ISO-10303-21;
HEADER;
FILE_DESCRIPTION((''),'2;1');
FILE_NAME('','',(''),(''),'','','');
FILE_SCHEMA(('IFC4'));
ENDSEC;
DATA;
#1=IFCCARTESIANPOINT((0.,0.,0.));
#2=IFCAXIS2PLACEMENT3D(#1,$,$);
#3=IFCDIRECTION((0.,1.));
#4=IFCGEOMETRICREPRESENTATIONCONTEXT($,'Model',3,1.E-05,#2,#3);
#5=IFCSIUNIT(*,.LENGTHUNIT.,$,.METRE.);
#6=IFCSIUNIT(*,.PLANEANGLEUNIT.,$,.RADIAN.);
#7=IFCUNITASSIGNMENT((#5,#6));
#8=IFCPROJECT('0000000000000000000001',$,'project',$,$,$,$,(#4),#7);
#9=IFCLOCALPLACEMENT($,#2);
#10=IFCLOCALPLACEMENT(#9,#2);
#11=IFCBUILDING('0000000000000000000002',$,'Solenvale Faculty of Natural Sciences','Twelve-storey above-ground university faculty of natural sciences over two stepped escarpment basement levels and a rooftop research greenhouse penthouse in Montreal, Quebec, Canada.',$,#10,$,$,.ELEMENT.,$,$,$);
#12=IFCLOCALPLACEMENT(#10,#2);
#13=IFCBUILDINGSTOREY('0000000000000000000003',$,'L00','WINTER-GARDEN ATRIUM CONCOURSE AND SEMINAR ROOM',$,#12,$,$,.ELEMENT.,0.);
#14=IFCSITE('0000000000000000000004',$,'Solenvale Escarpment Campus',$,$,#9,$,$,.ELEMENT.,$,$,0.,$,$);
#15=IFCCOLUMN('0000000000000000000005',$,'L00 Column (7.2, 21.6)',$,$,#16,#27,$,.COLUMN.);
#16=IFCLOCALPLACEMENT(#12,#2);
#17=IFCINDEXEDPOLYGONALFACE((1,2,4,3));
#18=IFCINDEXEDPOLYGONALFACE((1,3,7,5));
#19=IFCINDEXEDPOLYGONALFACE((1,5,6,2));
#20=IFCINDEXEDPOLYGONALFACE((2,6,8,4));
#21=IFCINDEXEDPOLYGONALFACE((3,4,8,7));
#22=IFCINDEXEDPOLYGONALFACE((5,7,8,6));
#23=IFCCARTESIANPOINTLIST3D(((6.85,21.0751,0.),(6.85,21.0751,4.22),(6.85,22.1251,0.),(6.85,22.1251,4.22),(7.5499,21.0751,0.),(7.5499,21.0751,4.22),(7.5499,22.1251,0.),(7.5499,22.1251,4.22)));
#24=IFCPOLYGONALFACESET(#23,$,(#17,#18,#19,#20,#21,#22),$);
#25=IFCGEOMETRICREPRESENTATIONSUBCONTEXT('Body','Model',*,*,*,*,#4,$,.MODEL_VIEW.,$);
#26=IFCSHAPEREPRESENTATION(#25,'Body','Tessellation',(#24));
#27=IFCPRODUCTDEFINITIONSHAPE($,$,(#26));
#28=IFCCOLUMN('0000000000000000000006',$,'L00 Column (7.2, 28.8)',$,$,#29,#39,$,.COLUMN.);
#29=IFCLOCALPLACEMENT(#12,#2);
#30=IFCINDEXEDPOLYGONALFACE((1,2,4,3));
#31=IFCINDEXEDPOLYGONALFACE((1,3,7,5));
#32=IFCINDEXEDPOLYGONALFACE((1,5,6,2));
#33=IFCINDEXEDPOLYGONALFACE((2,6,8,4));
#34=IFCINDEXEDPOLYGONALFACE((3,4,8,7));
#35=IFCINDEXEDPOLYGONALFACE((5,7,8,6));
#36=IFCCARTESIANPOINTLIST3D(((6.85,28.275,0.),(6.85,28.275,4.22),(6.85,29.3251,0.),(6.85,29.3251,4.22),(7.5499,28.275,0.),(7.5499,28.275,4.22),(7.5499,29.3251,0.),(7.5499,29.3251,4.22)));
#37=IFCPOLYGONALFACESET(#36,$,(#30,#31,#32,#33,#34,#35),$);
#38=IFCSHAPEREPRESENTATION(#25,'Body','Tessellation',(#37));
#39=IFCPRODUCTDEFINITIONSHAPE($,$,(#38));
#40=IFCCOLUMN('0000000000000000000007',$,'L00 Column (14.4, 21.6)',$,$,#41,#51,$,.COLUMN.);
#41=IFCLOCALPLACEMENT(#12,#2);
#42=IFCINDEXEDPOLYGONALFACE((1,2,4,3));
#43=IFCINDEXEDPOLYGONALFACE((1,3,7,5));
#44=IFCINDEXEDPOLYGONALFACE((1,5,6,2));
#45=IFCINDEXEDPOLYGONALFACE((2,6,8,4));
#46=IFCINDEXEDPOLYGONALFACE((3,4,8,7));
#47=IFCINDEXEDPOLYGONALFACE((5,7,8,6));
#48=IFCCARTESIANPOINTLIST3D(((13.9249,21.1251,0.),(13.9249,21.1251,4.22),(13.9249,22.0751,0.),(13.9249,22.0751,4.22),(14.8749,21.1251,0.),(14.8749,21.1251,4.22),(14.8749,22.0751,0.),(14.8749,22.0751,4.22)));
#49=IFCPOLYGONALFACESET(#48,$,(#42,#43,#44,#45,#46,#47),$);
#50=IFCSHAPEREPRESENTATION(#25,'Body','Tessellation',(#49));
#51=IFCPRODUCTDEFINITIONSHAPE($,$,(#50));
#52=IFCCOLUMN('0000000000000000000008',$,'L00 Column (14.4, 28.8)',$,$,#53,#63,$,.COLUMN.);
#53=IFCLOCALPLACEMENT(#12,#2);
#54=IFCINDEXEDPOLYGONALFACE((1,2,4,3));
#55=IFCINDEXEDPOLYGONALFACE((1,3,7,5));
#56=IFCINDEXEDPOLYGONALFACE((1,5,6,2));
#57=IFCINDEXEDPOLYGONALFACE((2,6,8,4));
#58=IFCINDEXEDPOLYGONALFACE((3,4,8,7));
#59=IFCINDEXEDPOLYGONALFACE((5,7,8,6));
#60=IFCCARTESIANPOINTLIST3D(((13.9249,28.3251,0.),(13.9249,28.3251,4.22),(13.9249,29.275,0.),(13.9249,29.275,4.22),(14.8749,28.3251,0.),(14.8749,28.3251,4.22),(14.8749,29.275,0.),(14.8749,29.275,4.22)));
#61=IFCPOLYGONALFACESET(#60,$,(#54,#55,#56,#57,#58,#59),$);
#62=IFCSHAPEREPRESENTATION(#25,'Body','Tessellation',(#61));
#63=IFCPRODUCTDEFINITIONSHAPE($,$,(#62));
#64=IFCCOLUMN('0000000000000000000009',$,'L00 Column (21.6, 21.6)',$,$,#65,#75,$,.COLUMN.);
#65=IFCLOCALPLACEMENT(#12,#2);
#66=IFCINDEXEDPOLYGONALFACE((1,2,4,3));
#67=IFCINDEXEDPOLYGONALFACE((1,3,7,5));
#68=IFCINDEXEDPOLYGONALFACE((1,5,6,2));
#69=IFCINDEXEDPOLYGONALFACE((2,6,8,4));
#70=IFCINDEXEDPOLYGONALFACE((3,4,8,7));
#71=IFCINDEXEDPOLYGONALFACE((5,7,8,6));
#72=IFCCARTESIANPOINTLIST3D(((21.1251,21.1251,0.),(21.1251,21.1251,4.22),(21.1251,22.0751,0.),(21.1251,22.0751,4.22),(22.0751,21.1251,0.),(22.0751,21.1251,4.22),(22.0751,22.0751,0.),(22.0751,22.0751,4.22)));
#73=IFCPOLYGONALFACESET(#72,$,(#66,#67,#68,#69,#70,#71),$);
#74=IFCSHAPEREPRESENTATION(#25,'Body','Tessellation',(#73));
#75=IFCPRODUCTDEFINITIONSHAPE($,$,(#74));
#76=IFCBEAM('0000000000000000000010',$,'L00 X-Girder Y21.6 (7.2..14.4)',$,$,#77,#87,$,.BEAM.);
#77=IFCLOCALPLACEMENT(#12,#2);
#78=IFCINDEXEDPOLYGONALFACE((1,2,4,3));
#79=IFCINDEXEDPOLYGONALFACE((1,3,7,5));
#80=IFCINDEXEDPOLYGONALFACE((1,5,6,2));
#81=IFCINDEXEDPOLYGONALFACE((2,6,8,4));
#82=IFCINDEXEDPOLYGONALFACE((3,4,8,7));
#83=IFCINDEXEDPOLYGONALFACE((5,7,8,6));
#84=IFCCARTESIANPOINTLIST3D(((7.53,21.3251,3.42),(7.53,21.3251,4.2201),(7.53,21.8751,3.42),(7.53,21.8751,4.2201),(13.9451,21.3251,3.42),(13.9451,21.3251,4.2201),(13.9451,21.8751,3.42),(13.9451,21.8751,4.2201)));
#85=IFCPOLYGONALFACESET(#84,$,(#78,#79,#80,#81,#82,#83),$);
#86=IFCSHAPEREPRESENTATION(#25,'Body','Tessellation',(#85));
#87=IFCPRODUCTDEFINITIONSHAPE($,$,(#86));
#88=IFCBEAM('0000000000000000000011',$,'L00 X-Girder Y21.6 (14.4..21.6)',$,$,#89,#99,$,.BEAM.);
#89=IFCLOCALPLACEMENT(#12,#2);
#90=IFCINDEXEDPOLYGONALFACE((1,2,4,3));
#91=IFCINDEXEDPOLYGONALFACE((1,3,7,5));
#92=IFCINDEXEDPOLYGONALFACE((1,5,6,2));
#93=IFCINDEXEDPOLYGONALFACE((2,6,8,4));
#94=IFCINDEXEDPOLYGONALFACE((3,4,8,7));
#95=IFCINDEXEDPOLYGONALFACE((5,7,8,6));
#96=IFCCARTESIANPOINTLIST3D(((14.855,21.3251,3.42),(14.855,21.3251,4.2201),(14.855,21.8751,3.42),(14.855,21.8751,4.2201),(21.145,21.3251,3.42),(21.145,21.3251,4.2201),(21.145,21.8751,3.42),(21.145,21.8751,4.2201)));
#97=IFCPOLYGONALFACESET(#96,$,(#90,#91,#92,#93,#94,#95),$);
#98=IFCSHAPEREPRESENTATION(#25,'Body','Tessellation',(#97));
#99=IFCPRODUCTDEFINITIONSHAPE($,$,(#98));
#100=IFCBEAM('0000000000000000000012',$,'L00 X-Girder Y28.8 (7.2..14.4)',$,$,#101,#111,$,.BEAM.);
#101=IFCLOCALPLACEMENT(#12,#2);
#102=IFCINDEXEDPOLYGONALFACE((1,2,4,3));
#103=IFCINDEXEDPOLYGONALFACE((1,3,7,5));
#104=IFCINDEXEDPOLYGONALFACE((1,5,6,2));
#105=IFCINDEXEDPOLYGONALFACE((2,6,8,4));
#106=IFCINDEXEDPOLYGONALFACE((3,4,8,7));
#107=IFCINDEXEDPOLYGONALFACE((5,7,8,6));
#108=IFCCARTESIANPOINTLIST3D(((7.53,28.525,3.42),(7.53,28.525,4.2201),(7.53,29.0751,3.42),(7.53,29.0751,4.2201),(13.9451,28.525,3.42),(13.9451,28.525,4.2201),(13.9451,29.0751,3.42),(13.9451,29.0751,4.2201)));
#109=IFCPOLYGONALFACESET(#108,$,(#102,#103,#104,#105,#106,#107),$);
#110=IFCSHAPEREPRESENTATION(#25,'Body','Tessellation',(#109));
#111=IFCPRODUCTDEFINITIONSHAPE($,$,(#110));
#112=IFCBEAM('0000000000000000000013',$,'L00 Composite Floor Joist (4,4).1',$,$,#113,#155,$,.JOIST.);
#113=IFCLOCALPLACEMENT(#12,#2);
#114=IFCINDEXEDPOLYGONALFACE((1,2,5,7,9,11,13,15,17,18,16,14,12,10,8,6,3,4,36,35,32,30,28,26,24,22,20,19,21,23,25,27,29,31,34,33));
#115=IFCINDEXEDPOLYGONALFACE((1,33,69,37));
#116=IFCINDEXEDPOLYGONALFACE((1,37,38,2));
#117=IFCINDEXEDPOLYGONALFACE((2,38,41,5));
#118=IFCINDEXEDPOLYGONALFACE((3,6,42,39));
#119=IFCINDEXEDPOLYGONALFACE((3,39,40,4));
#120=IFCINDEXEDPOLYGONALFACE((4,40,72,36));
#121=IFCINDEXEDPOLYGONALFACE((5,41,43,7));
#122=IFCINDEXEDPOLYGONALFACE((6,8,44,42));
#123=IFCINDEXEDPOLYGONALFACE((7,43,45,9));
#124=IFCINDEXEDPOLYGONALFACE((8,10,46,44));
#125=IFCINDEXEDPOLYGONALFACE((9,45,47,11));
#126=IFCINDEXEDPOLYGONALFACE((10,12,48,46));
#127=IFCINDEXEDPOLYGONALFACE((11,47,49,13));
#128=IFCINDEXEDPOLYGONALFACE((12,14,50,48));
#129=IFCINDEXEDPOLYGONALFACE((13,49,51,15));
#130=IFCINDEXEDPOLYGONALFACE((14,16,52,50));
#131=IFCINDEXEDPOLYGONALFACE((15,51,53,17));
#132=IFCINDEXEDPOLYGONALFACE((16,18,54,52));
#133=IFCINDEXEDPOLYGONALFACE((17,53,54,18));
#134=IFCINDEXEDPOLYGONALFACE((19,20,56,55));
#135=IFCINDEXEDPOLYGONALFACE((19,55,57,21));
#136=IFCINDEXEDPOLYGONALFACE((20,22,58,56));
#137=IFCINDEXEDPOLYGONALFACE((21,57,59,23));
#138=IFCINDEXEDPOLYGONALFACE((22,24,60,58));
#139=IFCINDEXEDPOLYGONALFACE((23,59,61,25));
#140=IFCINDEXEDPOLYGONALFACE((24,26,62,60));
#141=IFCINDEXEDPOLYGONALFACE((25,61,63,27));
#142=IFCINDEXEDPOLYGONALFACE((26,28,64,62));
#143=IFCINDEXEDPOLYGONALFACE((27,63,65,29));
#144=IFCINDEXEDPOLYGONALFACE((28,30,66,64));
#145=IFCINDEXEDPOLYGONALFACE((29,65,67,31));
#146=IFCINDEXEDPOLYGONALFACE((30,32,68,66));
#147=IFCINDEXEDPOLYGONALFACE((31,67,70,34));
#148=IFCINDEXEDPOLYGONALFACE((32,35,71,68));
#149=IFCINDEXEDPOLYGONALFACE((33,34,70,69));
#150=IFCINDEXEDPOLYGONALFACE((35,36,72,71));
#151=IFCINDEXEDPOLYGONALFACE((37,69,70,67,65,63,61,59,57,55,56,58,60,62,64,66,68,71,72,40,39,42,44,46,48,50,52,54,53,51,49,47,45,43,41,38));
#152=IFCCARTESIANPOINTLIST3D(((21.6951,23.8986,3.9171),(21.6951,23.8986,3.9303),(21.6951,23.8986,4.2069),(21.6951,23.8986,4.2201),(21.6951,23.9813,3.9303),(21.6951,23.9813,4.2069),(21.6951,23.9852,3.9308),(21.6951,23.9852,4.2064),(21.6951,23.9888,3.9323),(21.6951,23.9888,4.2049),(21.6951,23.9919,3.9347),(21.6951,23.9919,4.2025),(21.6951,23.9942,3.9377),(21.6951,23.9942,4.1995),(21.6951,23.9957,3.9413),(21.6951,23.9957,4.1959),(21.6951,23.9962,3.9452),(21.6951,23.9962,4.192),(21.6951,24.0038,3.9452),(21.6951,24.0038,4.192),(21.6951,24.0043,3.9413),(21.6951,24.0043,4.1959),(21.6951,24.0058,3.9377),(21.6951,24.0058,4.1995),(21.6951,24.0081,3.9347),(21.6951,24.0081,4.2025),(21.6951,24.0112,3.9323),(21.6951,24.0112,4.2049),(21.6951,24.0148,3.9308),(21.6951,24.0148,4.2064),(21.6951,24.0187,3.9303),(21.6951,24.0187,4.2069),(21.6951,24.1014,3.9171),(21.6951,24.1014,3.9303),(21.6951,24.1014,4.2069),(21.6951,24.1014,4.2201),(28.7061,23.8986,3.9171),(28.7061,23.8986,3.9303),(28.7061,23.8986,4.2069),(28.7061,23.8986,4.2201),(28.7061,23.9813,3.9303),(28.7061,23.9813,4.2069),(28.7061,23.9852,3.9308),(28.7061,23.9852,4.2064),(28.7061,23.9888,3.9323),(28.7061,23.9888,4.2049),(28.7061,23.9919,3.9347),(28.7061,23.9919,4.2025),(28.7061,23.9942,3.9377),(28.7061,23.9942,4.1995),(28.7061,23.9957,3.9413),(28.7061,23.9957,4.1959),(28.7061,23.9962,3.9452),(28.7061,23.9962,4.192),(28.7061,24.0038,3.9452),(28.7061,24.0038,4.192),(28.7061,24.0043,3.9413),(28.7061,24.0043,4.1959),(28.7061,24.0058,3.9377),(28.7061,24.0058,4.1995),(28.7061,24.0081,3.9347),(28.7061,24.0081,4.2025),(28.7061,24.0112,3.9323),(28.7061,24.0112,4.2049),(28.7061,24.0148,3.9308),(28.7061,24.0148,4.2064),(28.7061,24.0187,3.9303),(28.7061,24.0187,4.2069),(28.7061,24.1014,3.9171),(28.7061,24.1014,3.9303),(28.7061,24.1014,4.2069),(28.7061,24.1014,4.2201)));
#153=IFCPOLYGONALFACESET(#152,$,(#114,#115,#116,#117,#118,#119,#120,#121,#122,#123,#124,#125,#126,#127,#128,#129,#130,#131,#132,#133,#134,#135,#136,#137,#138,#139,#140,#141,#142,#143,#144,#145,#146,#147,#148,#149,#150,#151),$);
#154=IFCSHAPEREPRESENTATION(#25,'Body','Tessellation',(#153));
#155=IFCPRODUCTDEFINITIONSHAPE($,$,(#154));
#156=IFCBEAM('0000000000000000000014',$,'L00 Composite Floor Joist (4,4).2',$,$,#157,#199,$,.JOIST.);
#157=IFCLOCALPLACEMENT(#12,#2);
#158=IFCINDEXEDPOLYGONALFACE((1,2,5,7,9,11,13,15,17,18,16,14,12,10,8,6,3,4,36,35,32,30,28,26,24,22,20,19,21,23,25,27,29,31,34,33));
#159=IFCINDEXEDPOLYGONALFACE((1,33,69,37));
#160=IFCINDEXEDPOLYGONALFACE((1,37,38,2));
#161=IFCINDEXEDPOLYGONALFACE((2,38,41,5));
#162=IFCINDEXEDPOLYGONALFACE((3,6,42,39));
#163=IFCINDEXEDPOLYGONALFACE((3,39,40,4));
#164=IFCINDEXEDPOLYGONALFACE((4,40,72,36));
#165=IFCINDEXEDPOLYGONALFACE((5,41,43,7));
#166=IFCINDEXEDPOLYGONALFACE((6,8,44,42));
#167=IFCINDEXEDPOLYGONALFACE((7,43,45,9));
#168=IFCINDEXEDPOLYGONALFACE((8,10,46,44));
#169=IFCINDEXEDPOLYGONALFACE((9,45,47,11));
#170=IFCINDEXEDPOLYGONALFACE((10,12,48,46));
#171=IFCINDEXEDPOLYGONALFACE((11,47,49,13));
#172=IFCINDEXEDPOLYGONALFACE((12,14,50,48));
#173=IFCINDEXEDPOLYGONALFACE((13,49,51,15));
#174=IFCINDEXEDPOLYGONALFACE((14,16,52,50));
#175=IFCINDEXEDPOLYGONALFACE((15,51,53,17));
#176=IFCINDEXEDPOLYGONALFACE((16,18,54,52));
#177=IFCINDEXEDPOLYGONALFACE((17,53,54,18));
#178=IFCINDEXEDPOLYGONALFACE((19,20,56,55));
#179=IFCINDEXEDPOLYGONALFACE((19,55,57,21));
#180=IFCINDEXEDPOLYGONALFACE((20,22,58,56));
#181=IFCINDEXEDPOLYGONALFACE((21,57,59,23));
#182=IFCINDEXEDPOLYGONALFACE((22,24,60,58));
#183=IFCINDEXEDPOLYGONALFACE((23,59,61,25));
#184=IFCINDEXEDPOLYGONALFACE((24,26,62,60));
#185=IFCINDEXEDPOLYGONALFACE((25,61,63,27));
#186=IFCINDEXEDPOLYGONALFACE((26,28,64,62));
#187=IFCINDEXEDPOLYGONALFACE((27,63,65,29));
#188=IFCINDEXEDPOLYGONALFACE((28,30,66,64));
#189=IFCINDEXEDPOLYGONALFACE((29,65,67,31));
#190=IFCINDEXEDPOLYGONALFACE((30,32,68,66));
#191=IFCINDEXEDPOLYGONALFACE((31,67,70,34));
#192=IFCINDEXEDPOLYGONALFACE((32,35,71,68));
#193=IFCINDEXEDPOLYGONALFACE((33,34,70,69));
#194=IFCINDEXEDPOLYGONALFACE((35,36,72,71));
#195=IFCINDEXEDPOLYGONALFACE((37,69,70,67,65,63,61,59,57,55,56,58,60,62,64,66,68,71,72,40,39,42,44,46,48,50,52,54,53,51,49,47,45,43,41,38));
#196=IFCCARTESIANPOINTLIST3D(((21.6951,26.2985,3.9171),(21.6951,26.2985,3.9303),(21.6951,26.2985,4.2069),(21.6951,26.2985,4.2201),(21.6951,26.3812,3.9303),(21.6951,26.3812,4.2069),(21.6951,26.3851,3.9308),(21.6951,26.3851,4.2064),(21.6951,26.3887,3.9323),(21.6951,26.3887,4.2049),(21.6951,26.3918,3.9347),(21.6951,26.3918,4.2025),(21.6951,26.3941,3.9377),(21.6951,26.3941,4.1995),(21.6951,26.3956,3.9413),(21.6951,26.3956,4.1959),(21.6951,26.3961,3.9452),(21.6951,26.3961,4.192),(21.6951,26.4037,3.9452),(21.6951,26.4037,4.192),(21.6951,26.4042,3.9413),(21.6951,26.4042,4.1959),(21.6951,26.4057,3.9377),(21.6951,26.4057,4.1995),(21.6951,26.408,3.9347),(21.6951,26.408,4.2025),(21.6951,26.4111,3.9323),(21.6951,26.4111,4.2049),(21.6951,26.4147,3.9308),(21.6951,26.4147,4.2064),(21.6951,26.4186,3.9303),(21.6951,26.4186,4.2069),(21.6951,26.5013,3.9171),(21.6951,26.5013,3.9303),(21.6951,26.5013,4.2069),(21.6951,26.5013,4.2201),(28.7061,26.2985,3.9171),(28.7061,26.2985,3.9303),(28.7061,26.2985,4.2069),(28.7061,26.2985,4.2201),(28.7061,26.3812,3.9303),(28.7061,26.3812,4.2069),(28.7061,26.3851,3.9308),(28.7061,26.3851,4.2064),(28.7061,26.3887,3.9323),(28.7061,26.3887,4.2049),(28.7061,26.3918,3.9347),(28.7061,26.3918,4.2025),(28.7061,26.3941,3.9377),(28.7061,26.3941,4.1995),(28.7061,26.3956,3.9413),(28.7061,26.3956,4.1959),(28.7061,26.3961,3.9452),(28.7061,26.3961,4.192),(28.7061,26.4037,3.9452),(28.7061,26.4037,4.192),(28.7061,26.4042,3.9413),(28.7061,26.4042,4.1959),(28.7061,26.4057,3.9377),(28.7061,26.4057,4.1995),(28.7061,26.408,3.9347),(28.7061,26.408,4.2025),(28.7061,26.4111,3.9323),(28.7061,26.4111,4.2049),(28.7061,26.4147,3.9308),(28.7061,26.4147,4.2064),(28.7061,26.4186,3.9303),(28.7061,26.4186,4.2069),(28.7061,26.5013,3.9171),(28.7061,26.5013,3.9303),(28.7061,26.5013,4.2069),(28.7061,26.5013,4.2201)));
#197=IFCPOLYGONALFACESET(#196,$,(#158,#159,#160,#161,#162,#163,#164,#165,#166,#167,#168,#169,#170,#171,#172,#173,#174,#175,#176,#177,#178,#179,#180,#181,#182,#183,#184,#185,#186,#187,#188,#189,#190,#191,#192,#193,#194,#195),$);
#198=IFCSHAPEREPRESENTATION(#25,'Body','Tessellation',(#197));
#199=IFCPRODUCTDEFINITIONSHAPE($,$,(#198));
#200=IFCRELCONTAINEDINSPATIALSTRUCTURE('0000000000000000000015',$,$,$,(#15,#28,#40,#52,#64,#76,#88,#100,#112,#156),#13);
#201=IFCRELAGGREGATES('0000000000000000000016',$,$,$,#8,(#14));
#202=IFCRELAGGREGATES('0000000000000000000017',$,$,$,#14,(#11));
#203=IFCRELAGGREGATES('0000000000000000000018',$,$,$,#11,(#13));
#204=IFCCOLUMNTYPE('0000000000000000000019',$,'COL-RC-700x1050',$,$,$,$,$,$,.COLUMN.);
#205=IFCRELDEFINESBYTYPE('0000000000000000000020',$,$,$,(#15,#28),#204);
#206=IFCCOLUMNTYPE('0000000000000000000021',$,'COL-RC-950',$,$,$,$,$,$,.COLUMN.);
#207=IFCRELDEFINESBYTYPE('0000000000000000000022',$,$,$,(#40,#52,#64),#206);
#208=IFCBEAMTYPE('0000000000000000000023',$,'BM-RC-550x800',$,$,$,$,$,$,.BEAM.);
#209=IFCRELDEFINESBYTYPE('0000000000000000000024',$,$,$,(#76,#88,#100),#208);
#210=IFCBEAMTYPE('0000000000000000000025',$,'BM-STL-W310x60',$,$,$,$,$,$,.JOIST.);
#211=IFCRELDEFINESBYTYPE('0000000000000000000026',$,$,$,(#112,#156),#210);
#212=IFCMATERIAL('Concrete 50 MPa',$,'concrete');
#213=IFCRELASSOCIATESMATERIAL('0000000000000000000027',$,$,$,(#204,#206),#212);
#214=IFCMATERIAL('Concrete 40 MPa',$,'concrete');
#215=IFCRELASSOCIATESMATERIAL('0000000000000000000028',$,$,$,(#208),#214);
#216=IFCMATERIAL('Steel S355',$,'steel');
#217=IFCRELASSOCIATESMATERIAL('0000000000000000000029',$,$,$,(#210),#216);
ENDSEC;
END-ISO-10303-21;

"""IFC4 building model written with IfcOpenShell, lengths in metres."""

from ifc_helpers import new_model, si_unit, direction, frame, origin, origin_2d, place, context, subcontext, project, spatial, rectangle, i_section, extrude, material, material_profile, profile_set, type_object, element, save


model = new_model("IFC4")

# Units and contexts
model_context = context("Model", 3, precision=1e-05, world=origin(), true_north=direction((0.0, 1.0)))
body_context = subcontext(model_context, "Body", "Model", "MODEL_VIEW")
ifc_project = project(units=[si_unit("LENGTHUNIT", "METRE"), si_unit("PLANEANGLEUNIT", "RADIAN")], contexts=[model_context])

# Site, building, storey
site_placement = place(None, origin())
site = spatial("IfcSite", under=ifc_project, at=site_placement, Name="Solenvale Escarpment Campus", CompositionType="ELEMENT", RefElevation=0.0)
building_placement = place(site_placement, origin())
building = spatial("IfcBuilding", under=site, at=building_placement, Name="Solenvale Faculty of Natural Sciences", Description="Twelve-storey above-ground university faculty of natural sciences over two stepped escarpment basement levels and a rooftop research greenhouse penthouse in Montreal, Quebec, Canada.", CompositionType="ELEMENT")
storey_placement = place(building_placement, origin())
storey = spatial("IfcBuildingStorey", under=building, at=storey_placement, Name="L00", Description="WINTER-GARDEN ATRIUM CONCOURSE AND SEMINAR ROOM", CompositionType="ELEMENT", Elevation=0.0)

# Columns
ifc_material_1 = material(Name="Concrete 50 MPa", Category="concrete")
ifc_material_profile_1 = material_profile(ifc_material_1, rectangle(XDim=0.7, YDim=1.05, at=origin_2d()), Name="RC-COL-700x1050")
ifc_profile_set_1 = profile_set([ifc_material_profile_1], Name="Concrete 50 MPa")
column_type_1 = type_object("IfcColumnType", Name="COL-RC-700x1050", PredefinedType="COLUMN", material=ifc_profile_set_1)
for number, where, z_axis, x_axis, name in (
    (1, (7.2, 21.6001, 0.0), (0.0, 0.0, 1.0), (1.0, 0.0, 0.0), "L00 Column (7.2, 21.6)"),
    (2, (7.2, 28.8, 0.0), (0.0, 0.0, 1.0), (1.0, 0.0, 0.0), "L00 Column (7.2, 28.8)"),
):
    element("IfcColumn", number, at=place(storey_placement, frame(where, z_axis=z_axis, x_axis=x_axis)), inside=storey, type_object=column_type_1, Name=name, PredefinedType="COLUMN", context=body_context, shape_type="SweptSolid", body=[
        extrude(rectangle(XDim=0.7, YDim=1.05, at=origin_2d()), origin(), (0.0, 0.0, 1.0), 4.22),
    ])
ifc_material_profile_2 = material_profile(ifc_material_1, rectangle(XDim=0.95, YDim=0.95, at=origin_2d()), Name="RC-COL-950x950")
ifc_profile_set_2 = profile_set([ifc_material_profile_2], Name="Concrete 50 MPa")
column_type_2 = type_object("IfcColumnType", Name="COL-RC-950", PredefinedType="COLUMN", material=ifc_profile_set_2)
for number, where, z_axis, x_axis, name in (
    (3, (14.3999, 21.6001, 0.0), (0.0, 0.0, 1.0), (1.0, 0.0, 0.0), "L00 Column (14.4, 21.6)"),
    (4, (14.3999, 28.8, 0.0), (0.0, 0.0, 1.0), (1.0, 0.0, 0.0), "L00 Column (14.4, 28.8)"),
    (5, (21.6001, 21.6001, 0.0), (0.0, 0.0, 1.0), (1.0, 0.0, 0.0), "L00 Column (21.6, 21.6)"),
):
    element("IfcColumn", number, at=place(storey_placement, frame(where, z_axis=z_axis, x_axis=x_axis)), inside=storey, type_object=column_type_2, Name=name, PredefinedType="COLUMN", context=body_context, shape_type="SweptSolid", body=[
        extrude(rectangle(XDim=0.95, YDim=0.95, at=origin_2d()), origin(), (0.0, 0.0, 1.0), 4.22),
    ])

# Beams
ifc_material_2 = material(Name="Concrete 40 MPa", Category="concrete")
ifc_material_profile_3 = material_profile(ifc_material_2, rectangle(XDim=0.55, YDim=0.8, at=origin_2d()), Name="RC-BM-550x800")
ifc_profile_set_3 = profile_set([ifc_material_profile_3], Name="Concrete 40 MPa")
beam_type_1 = type_object("IfcBeamType", Name="BM-RC-550x800", PredefinedType="BEAM", material=ifc_profile_set_3)
beam_1_placement = place(storey_placement, frame((7.53, 21.6001, 3.8201), z_axis=(1.0, 0.0, 0.0), x_axis=(0.0, 1.0, 0.0)))
element("IfcBeam", 6, at=beam_1_placement, inside=storey, type_object=beam_type_1, Name="L00 X-Girder Y21.6 (7.2..14.4)", PredefinedType="BEAM", context=body_context, shape_type="SweptSolid", body=[
    extrude(rectangle(XDim=0.55, YDim=0.8, at=origin_2d()), origin(), (0.0, 0.0, 1.0), 6.415),
])
beam_2_placement = place(storey_placement, frame((14.855, 21.6001, 3.8201), z_axis=(1.0, 0.0, 0.0), x_axis=(0.0, 1.0, 0.0)))
element("IfcBeam", 7, at=beam_2_placement, inside=storey, type_object=beam_type_1, Name="L00 X-Girder Y21.6 (14.4..21.6)", PredefinedType="BEAM", context=body_context, shape_type="SweptSolid", body=[
    extrude(rectangle(XDim=0.55, YDim=0.8, at=origin_2d()), origin(), (0.0, 0.0, 1.0), 6.29),
])
beam_3_placement = place(storey_placement, frame((7.53, 28.8, 3.8201), z_axis=(1.0, 0.0, 0.0), x_axis=(0.0, 1.0, 0.0)))
element("IfcBeam", 8, at=beam_3_placement, inside=storey, type_object=beam_type_1, Name="L00 X-Girder Y28.8 (7.2..14.4)", PredefinedType="BEAM", context=body_context, shape_type="SweptSolid", body=[
    extrude(rectangle(XDim=0.55, YDim=0.8, at=origin_2d()), origin(), (0.0, 0.0, 1.0), 6.415),
])
ifc_material_3 = material(Name="Steel S355", Category="steel")
ifc_material_profile_4 = material_profile(ifc_material_3, i_section(OverallWidth=0.2029, OverallDepth=0.303, WebThickness=0.0076, FlangeThickness=0.0132, FilletRadius=0.0149, at=origin_2d()), Name="W310x60")
ifc_profile_set_4 = profile_set([ifc_material_profile_4], Name="Steel S355")
beam_type_2 = type_object("IfcBeamType", Name="BM-STL-W310x60", PredefinedType="JOIST", material=ifc_profile_set_4)
for number, where, z_axis, x_axis, name in (
    (9, (21.6951, 24.0, 4.0686), (1.0, 0.0, 0.0), (0.0, 1.0, 0.0), "L00 Composite Floor Joist (4,4).1"),
    (10, (21.6951, 26.3999, 4.0686), (1.0, 0.0, 0.0), (0.0, 1.0, 0.0), "L00 Composite Floor Joist (4,4).2"),
):
    element("IfcBeam", number, at=place(storey_placement, frame(where, z_axis=z_axis, x_axis=x_axis)), inside=storey, type_object=beam_type_2, Name=name, PredefinedType="JOIST", context=body_context, shape_type="SweptSolid", body=[
        extrude(i_section(OverallWidth=0.2029, OverallDepth=0.303, WebThickness=0.0076, FlangeThickness=0.0132, FilletRadius=0.0149, at=origin_2d()), origin(), (0.0, 0.0, 1.0), 7.011),
    ])

save(model, "model.ifc")
